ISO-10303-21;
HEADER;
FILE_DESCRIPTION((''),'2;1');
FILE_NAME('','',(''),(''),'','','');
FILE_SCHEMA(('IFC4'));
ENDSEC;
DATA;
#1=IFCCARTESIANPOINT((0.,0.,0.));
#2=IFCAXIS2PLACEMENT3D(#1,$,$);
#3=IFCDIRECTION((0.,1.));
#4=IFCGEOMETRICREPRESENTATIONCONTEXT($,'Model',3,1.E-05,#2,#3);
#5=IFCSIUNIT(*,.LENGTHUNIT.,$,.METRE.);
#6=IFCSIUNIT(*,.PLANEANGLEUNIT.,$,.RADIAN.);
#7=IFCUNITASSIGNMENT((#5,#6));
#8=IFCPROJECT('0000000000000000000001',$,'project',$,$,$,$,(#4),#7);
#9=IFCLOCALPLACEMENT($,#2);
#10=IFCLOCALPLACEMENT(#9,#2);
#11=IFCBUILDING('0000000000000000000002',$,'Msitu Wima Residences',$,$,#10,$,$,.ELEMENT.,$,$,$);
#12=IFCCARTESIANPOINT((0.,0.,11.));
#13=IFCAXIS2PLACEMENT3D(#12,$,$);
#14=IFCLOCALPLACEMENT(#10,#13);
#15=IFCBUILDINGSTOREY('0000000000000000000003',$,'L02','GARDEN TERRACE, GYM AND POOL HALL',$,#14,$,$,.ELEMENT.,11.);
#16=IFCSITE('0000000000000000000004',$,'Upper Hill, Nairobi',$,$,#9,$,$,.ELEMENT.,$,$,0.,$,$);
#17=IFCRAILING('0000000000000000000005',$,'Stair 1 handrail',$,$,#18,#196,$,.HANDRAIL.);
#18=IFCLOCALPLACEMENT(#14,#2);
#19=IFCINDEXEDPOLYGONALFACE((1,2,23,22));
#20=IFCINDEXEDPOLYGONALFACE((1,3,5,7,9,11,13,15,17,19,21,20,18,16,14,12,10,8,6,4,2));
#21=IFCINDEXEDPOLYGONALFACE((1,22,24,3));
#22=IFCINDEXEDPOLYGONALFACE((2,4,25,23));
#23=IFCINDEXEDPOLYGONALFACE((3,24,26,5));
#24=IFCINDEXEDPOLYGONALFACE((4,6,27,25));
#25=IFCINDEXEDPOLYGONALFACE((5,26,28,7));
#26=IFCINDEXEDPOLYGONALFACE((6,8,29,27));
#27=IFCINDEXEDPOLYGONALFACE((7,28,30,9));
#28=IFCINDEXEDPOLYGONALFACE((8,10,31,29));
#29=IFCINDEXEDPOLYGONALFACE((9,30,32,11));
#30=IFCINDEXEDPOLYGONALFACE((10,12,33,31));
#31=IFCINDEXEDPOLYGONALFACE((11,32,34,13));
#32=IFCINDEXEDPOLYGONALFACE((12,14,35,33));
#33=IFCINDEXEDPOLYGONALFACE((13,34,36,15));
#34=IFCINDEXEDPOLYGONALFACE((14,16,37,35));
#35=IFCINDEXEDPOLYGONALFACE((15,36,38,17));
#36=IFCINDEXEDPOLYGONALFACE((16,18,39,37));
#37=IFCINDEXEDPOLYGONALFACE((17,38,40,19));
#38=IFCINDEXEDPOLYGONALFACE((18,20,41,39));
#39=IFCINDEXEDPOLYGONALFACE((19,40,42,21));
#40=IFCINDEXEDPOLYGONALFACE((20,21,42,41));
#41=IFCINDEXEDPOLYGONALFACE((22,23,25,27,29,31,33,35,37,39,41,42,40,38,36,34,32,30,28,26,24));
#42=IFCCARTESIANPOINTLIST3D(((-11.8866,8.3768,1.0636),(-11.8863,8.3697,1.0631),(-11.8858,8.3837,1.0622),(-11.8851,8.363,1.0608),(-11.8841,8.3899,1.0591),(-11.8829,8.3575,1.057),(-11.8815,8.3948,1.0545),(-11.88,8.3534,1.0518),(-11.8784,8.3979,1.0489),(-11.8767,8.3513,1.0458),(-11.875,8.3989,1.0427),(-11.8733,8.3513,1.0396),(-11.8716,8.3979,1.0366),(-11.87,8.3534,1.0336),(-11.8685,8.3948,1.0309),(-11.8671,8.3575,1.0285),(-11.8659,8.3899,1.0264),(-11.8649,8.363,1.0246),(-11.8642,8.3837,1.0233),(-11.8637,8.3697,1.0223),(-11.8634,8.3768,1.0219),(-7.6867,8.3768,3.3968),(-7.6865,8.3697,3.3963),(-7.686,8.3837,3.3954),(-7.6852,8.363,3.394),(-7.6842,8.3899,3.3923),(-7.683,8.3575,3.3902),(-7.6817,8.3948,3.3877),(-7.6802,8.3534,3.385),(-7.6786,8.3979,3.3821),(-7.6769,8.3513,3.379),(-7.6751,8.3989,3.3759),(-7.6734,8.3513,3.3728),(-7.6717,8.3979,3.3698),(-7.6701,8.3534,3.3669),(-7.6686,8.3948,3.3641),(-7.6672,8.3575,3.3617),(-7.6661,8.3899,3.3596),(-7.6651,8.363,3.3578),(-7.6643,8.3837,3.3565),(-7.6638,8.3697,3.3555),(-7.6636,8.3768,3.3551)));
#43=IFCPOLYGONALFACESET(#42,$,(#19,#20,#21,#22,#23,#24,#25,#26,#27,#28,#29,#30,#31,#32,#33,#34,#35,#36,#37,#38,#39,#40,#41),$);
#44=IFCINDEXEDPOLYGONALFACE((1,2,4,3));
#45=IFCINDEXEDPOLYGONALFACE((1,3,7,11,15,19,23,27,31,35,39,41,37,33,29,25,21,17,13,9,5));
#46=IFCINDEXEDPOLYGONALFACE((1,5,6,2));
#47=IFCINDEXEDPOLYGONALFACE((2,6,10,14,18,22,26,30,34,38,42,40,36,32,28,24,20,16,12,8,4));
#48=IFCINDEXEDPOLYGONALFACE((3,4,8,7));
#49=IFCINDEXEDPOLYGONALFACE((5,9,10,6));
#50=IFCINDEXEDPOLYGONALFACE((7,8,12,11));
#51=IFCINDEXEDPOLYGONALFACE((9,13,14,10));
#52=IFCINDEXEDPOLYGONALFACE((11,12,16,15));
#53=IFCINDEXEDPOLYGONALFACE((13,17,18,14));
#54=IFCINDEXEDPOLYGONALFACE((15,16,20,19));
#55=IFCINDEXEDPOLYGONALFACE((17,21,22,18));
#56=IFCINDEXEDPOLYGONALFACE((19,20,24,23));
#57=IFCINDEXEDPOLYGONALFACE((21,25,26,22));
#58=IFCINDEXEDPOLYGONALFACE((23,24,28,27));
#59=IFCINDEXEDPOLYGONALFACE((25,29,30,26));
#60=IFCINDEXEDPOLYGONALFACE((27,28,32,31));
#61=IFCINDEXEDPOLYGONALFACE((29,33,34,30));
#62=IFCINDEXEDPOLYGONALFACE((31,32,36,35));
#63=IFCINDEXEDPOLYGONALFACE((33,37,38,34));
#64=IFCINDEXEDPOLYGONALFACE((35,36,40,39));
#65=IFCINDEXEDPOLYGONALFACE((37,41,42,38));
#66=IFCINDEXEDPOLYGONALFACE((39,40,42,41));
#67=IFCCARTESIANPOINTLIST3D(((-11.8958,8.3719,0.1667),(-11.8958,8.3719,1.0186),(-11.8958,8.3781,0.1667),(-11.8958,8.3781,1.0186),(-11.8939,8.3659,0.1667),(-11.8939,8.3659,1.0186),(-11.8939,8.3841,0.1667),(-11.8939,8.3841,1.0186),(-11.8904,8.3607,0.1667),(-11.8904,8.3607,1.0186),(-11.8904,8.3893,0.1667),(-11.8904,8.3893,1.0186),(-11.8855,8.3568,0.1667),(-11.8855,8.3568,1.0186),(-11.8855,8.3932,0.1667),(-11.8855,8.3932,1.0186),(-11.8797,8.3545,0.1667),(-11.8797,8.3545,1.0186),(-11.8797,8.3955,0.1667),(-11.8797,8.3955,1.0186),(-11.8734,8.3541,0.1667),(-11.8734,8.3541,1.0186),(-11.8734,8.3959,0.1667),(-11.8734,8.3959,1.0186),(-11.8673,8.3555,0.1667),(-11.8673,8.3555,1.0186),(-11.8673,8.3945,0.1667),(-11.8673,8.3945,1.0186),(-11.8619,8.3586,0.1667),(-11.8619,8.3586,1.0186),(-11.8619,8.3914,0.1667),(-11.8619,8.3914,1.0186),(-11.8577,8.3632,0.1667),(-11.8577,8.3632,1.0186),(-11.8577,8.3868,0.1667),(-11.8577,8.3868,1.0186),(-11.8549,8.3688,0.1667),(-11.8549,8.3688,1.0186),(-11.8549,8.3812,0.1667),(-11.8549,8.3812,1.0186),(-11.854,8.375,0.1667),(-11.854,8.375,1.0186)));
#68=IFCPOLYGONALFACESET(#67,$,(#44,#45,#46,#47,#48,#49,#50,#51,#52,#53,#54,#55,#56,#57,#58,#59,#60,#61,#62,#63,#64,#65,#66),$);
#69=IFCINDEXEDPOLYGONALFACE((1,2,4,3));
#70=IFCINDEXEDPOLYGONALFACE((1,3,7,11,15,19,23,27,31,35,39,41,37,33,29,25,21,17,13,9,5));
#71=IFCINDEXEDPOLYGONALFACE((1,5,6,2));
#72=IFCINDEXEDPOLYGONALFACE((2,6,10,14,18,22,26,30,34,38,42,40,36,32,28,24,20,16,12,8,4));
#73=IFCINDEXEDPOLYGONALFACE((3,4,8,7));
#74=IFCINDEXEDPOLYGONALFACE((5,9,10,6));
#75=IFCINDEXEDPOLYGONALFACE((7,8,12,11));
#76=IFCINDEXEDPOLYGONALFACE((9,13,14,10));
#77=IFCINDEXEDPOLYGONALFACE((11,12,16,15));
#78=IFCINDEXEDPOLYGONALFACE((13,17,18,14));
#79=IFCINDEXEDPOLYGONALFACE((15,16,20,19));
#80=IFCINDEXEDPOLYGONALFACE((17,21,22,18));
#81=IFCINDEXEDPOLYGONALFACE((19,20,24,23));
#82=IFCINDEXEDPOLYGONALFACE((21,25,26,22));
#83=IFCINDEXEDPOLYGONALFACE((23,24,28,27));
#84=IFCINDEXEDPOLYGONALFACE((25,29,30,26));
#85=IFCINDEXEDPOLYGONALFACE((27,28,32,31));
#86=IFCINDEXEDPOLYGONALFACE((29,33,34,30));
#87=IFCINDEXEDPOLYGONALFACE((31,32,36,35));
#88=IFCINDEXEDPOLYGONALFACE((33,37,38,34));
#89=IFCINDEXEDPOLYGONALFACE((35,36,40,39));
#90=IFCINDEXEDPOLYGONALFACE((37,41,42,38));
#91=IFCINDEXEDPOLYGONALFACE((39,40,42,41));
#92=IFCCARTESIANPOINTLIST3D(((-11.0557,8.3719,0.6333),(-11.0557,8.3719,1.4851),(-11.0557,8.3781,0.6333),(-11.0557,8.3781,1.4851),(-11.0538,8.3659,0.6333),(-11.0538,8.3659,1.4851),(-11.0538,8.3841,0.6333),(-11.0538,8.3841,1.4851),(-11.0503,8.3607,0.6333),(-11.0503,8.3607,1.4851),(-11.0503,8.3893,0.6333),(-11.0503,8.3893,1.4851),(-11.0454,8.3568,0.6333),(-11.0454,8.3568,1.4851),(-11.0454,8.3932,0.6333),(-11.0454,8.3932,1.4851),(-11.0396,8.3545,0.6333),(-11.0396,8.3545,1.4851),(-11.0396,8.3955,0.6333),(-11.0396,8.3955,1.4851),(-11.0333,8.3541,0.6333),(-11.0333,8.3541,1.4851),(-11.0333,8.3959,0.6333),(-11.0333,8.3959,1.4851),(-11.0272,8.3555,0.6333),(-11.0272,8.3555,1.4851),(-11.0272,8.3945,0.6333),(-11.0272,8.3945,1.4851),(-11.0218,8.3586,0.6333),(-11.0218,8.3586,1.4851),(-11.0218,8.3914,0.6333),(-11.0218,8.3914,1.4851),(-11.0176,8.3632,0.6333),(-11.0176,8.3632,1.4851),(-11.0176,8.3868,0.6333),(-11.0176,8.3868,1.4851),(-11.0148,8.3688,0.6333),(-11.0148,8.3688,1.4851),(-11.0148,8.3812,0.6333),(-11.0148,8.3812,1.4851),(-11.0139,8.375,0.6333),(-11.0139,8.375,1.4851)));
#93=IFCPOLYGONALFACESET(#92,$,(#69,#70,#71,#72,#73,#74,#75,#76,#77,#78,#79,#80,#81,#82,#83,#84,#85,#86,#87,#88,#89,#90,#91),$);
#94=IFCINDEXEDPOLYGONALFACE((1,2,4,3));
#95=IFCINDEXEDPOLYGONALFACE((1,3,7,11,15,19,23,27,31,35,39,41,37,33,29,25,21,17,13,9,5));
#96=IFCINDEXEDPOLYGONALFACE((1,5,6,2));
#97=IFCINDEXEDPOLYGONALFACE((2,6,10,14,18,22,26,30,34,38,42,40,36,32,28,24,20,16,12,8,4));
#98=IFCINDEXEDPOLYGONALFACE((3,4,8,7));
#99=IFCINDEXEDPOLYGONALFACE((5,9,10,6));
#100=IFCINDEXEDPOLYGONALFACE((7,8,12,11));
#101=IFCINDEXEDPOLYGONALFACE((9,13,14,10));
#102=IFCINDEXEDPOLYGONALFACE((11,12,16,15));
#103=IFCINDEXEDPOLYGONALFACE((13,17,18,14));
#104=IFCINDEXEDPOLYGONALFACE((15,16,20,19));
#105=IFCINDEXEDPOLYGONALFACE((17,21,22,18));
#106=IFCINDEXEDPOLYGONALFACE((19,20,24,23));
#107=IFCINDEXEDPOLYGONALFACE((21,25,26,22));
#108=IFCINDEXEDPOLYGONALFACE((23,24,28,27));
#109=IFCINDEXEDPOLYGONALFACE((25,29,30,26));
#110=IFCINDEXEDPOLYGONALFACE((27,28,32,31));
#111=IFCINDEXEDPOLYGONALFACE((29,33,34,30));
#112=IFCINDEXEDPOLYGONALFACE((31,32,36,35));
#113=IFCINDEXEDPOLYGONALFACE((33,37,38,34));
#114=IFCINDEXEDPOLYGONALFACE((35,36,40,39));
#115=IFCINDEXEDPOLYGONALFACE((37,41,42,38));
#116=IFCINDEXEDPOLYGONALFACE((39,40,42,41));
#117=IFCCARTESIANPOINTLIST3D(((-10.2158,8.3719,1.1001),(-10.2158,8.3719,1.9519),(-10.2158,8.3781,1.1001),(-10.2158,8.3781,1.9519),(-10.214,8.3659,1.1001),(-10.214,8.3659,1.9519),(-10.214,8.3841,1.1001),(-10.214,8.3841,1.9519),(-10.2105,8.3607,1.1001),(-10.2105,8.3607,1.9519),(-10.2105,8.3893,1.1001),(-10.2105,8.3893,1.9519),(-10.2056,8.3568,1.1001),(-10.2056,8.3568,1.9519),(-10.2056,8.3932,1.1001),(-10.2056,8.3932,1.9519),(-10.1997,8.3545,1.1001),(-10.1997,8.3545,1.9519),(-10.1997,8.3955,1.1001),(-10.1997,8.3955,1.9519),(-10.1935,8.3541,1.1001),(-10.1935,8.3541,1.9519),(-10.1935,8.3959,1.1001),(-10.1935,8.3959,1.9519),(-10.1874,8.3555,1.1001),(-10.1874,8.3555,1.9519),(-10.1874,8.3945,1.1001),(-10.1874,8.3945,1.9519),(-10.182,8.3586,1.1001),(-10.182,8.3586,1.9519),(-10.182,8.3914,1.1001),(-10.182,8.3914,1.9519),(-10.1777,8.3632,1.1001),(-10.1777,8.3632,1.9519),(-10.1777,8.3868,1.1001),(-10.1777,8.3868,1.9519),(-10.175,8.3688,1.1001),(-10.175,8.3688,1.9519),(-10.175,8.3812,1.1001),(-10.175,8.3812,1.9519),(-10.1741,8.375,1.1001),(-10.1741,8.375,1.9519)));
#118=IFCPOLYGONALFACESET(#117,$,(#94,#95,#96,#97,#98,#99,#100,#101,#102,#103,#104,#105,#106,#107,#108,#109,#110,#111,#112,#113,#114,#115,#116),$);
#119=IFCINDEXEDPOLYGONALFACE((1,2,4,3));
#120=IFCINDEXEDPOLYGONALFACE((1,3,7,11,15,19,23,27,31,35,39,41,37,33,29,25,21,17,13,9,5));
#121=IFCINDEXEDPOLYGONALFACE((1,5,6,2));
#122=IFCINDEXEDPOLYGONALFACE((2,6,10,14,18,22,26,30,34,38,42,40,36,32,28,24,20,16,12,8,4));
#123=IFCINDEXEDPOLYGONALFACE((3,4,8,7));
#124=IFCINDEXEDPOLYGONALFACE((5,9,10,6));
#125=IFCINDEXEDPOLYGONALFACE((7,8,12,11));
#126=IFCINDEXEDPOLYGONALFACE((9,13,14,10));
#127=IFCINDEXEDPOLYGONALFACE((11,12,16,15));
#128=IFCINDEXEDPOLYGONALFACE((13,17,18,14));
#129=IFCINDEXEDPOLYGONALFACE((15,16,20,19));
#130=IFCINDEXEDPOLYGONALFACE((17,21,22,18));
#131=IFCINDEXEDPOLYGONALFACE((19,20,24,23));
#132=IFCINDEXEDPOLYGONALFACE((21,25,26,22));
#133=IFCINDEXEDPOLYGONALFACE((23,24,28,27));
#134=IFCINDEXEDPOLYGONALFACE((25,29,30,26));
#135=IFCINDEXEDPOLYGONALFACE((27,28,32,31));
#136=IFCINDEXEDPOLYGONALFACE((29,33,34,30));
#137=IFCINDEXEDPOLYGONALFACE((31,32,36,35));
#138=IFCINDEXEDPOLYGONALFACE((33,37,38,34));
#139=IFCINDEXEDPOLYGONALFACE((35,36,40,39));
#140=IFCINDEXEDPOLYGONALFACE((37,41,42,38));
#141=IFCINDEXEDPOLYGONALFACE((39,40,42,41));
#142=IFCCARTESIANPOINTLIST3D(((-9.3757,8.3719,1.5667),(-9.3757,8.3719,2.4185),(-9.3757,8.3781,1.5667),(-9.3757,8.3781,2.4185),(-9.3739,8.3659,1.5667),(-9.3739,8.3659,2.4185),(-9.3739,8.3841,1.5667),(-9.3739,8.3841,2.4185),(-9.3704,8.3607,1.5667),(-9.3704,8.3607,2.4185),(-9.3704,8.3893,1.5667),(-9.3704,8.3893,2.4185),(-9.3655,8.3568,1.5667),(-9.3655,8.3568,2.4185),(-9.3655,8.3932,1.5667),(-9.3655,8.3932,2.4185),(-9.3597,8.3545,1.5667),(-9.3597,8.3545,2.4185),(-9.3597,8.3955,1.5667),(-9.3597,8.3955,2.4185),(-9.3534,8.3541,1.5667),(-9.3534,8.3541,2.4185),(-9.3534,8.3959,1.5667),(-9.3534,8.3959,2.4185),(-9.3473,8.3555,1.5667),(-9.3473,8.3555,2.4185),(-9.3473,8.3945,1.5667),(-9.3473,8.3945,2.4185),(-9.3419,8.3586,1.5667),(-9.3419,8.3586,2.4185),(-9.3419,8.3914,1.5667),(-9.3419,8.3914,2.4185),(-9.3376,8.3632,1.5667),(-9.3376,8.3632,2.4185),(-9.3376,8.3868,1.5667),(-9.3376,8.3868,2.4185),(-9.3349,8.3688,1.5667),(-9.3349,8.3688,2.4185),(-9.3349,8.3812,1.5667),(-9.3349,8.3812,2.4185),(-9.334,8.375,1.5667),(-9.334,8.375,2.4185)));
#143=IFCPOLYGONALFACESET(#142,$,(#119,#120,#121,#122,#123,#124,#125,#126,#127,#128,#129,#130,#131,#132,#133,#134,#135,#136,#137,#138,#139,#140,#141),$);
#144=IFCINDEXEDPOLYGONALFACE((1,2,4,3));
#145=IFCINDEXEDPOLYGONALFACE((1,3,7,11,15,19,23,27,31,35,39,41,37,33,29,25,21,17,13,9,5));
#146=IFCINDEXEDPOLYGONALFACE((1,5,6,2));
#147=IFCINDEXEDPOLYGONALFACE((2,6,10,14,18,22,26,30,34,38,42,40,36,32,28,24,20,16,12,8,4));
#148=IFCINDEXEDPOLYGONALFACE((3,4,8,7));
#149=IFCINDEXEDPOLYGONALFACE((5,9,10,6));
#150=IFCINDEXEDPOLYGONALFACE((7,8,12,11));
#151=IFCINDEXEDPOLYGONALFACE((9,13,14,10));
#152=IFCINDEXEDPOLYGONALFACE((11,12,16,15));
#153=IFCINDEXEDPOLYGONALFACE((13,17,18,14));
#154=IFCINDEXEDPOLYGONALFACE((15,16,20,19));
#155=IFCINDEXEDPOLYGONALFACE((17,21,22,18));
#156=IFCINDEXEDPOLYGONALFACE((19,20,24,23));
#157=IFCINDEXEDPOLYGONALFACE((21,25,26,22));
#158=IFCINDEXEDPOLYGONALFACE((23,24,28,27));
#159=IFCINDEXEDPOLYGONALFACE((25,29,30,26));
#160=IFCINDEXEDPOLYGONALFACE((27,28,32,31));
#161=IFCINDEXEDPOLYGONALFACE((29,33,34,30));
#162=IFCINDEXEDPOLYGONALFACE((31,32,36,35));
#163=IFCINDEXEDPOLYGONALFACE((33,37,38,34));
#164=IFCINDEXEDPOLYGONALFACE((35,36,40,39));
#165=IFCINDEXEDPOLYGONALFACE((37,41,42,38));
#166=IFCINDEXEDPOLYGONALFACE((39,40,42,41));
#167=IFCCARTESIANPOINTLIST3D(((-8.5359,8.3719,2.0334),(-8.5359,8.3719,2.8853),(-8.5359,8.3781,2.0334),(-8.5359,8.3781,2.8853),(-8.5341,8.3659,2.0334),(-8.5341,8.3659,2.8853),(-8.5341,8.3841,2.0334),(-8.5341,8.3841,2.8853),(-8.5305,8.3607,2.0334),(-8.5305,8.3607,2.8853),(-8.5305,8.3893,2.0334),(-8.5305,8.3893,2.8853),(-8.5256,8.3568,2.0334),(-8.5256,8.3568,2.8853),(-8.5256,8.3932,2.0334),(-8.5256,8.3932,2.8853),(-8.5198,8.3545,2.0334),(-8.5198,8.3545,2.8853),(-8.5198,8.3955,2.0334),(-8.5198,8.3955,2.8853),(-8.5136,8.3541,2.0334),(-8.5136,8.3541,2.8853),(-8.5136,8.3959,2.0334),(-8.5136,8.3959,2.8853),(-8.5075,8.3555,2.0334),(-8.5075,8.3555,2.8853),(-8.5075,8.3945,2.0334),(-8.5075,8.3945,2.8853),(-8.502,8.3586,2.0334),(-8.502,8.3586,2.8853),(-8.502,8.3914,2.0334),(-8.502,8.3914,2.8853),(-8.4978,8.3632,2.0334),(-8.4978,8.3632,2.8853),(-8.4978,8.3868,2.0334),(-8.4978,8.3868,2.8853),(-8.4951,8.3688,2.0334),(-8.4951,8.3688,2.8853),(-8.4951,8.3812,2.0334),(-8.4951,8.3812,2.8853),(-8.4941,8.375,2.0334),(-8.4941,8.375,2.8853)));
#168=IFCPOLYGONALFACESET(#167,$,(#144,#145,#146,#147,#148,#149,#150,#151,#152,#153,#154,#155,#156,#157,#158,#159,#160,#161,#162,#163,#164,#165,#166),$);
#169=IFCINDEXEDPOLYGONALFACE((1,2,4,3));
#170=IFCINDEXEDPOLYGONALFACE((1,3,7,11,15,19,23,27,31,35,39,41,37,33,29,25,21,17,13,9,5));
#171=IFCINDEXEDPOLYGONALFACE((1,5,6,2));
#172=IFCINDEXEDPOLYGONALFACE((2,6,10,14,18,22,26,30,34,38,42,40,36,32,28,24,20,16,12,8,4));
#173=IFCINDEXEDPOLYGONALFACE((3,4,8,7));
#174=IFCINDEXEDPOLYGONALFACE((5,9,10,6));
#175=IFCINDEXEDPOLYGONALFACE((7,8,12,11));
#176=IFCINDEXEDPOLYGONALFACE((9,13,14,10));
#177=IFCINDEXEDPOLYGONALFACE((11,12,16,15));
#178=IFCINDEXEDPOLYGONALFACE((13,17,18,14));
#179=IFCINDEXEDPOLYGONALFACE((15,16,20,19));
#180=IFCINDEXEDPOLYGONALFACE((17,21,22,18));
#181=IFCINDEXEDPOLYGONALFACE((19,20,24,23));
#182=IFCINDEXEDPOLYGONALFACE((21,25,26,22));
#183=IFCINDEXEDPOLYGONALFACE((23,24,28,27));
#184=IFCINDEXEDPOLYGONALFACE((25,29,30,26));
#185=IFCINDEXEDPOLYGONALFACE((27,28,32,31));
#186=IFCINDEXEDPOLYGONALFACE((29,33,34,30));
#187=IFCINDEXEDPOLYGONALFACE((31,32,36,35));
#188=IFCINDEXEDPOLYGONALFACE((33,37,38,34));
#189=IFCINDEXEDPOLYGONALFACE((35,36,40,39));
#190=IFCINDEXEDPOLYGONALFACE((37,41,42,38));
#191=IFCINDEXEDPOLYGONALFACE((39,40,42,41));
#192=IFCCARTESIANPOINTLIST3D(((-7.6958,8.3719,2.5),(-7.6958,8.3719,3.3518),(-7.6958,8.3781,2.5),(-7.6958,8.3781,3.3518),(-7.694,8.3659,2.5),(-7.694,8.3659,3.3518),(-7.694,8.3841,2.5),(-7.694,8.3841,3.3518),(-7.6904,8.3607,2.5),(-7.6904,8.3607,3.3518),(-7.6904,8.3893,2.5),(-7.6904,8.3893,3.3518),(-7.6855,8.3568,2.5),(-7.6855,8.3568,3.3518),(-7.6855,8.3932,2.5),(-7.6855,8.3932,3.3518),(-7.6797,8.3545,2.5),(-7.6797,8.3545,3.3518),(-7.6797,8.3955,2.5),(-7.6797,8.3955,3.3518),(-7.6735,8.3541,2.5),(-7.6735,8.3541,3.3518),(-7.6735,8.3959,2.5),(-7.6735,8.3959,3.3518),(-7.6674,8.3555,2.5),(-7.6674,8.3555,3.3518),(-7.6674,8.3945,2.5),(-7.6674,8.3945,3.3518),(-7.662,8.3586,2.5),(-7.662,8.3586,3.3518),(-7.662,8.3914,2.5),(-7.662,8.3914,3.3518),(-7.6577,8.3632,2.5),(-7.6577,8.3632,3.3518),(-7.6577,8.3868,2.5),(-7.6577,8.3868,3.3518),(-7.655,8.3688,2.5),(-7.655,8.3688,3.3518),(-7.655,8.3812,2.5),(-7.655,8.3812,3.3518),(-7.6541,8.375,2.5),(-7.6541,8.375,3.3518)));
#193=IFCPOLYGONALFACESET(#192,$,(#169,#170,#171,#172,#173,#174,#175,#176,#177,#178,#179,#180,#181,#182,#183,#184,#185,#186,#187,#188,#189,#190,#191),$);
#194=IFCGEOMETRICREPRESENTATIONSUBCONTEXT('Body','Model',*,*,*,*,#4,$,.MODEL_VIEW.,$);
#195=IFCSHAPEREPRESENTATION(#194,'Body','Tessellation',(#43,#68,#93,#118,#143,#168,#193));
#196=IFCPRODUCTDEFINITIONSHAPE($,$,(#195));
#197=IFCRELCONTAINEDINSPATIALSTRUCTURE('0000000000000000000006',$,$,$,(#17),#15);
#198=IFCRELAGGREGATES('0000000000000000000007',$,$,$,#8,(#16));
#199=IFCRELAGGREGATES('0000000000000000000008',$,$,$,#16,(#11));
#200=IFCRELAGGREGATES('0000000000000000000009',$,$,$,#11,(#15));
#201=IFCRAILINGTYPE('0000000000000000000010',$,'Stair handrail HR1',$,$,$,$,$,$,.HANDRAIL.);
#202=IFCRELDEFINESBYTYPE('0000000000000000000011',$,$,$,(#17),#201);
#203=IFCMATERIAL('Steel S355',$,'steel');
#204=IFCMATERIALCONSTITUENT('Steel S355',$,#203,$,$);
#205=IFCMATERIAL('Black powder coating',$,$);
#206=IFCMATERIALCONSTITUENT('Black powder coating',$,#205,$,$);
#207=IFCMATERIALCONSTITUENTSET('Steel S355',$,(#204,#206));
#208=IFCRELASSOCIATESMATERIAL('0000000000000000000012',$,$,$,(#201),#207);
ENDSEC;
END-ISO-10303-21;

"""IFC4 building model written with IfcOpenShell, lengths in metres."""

from ifc_helpers import new_model, si_unit, direction, frame, origin, origin_2d, place, context, subcontext, project, spatial, circle, extrude, material, constituent, constituent_set, type_object, element, save


model = new_model("IFC4")

# Units and contexts
model_context = context("Model", 3, precision=1e-05, world=origin(), true_north=direction((0.0, 1.0)))
body_context = subcontext(model_context, "Body", "Model", "MODEL_VIEW")
ifc_project = project(units=[si_unit("LENGTHUNIT", "METRE"), si_unit("PLANEANGLEUNIT", "RADIAN")], contexts=[model_context])

# Site, building, storey
site_placement = place(None, origin())
site = spatial("IfcSite", under=ifc_project, at=site_placement, Name="Upper Hill, Nairobi", CompositionType="ELEMENT", RefElevation=0.0)
building_placement = place(site_placement, origin())
building = spatial("IfcBuilding", under=site, at=building_placement, Name="Msitu Wima Residences", CompositionType="ELEMENT")
storey_placement = place(building_placement, frame((0.0, 0.0, 11.0)))
storey = spatial("IfcBuildingStorey", under=building, at=storey_placement, Name="L02", Description="GARDEN TERRACE, GYM AND POOL HALL", CompositionType="ELEMENT", Elevation=11.0)

# Railing
ifc_material_1 = material(Name="Steel S355", Category="steel")
ifc_constituent_1 = constituent(ifc_material_1, Name="Steel S355")
ifc_material_2 = material(Name="Black powder coating")
ifc_constituent_2 = constituent(ifc_material_2, Name="Black powder coating")
ifc_constituent_set = constituent_set(constituents=[ifc_constituent_1, ifc_constituent_2], Name="Steel S355")
railing_type = type_object("IfcRailingType", Name="Stair handrail HR1", PredefinedType="HANDRAIL", material=ifc_constituent_set)
for number, where, name in (
    (1, (-11.875, 8.375, 0.1667), "Stair 1 handrail"),
):
    element("IfcRailing", number, at=place(storey_placement, frame(where)), inside=storey, type_object=railing_type, Name=name, PredefinedType="HANDRAIL", context=body_context, shape_type="SweptSolid", body=[
        extrude(circle(Radius=0.0239, at=origin_2d()), frame((0.0, 0.0, 0.876), z_axis=(0.874162, 0.0, 0.485634), x_axis=(0.0, 1.0, 0.0)), (0.0, 0.0, 1.0), 4.8044),
        extrude(circle(Radius=0.021, at=origin_2d()), origin(), (0.0, 0.0, 1.0), 0.8518),
        extrude(circle(Radius=0.021, at=origin_2d()), frame((0.8401, 0.0, 0.4666)), (0.0, 0.0, 1.0), 0.8518),
        extrude(circle(Radius=0.021, at=origin_2d()), frame((1.6799, 0.0, 0.9333)), (0.0, 0.0, 1.0), 0.8518),
        extrude(circle(Radius=0.021, at=origin_2d()), frame((2.52, 0.0, 1.3999)), (0.0, 0.0, 1.0), 0.8518),
        extrude(circle(Radius=0.021, at=origin_2d()), frame((3.3599, 0.0, 1.8667)), (0.0, 0.0, 1.0), 0.8518),
        extrude(circle(Radius=0.021, at=origin_2d()), frame((4.2, 0.0, 2.3333)), (0.0, 0.0, 1.0), 0.8518),
    ])

save(model, "model.ifc")
